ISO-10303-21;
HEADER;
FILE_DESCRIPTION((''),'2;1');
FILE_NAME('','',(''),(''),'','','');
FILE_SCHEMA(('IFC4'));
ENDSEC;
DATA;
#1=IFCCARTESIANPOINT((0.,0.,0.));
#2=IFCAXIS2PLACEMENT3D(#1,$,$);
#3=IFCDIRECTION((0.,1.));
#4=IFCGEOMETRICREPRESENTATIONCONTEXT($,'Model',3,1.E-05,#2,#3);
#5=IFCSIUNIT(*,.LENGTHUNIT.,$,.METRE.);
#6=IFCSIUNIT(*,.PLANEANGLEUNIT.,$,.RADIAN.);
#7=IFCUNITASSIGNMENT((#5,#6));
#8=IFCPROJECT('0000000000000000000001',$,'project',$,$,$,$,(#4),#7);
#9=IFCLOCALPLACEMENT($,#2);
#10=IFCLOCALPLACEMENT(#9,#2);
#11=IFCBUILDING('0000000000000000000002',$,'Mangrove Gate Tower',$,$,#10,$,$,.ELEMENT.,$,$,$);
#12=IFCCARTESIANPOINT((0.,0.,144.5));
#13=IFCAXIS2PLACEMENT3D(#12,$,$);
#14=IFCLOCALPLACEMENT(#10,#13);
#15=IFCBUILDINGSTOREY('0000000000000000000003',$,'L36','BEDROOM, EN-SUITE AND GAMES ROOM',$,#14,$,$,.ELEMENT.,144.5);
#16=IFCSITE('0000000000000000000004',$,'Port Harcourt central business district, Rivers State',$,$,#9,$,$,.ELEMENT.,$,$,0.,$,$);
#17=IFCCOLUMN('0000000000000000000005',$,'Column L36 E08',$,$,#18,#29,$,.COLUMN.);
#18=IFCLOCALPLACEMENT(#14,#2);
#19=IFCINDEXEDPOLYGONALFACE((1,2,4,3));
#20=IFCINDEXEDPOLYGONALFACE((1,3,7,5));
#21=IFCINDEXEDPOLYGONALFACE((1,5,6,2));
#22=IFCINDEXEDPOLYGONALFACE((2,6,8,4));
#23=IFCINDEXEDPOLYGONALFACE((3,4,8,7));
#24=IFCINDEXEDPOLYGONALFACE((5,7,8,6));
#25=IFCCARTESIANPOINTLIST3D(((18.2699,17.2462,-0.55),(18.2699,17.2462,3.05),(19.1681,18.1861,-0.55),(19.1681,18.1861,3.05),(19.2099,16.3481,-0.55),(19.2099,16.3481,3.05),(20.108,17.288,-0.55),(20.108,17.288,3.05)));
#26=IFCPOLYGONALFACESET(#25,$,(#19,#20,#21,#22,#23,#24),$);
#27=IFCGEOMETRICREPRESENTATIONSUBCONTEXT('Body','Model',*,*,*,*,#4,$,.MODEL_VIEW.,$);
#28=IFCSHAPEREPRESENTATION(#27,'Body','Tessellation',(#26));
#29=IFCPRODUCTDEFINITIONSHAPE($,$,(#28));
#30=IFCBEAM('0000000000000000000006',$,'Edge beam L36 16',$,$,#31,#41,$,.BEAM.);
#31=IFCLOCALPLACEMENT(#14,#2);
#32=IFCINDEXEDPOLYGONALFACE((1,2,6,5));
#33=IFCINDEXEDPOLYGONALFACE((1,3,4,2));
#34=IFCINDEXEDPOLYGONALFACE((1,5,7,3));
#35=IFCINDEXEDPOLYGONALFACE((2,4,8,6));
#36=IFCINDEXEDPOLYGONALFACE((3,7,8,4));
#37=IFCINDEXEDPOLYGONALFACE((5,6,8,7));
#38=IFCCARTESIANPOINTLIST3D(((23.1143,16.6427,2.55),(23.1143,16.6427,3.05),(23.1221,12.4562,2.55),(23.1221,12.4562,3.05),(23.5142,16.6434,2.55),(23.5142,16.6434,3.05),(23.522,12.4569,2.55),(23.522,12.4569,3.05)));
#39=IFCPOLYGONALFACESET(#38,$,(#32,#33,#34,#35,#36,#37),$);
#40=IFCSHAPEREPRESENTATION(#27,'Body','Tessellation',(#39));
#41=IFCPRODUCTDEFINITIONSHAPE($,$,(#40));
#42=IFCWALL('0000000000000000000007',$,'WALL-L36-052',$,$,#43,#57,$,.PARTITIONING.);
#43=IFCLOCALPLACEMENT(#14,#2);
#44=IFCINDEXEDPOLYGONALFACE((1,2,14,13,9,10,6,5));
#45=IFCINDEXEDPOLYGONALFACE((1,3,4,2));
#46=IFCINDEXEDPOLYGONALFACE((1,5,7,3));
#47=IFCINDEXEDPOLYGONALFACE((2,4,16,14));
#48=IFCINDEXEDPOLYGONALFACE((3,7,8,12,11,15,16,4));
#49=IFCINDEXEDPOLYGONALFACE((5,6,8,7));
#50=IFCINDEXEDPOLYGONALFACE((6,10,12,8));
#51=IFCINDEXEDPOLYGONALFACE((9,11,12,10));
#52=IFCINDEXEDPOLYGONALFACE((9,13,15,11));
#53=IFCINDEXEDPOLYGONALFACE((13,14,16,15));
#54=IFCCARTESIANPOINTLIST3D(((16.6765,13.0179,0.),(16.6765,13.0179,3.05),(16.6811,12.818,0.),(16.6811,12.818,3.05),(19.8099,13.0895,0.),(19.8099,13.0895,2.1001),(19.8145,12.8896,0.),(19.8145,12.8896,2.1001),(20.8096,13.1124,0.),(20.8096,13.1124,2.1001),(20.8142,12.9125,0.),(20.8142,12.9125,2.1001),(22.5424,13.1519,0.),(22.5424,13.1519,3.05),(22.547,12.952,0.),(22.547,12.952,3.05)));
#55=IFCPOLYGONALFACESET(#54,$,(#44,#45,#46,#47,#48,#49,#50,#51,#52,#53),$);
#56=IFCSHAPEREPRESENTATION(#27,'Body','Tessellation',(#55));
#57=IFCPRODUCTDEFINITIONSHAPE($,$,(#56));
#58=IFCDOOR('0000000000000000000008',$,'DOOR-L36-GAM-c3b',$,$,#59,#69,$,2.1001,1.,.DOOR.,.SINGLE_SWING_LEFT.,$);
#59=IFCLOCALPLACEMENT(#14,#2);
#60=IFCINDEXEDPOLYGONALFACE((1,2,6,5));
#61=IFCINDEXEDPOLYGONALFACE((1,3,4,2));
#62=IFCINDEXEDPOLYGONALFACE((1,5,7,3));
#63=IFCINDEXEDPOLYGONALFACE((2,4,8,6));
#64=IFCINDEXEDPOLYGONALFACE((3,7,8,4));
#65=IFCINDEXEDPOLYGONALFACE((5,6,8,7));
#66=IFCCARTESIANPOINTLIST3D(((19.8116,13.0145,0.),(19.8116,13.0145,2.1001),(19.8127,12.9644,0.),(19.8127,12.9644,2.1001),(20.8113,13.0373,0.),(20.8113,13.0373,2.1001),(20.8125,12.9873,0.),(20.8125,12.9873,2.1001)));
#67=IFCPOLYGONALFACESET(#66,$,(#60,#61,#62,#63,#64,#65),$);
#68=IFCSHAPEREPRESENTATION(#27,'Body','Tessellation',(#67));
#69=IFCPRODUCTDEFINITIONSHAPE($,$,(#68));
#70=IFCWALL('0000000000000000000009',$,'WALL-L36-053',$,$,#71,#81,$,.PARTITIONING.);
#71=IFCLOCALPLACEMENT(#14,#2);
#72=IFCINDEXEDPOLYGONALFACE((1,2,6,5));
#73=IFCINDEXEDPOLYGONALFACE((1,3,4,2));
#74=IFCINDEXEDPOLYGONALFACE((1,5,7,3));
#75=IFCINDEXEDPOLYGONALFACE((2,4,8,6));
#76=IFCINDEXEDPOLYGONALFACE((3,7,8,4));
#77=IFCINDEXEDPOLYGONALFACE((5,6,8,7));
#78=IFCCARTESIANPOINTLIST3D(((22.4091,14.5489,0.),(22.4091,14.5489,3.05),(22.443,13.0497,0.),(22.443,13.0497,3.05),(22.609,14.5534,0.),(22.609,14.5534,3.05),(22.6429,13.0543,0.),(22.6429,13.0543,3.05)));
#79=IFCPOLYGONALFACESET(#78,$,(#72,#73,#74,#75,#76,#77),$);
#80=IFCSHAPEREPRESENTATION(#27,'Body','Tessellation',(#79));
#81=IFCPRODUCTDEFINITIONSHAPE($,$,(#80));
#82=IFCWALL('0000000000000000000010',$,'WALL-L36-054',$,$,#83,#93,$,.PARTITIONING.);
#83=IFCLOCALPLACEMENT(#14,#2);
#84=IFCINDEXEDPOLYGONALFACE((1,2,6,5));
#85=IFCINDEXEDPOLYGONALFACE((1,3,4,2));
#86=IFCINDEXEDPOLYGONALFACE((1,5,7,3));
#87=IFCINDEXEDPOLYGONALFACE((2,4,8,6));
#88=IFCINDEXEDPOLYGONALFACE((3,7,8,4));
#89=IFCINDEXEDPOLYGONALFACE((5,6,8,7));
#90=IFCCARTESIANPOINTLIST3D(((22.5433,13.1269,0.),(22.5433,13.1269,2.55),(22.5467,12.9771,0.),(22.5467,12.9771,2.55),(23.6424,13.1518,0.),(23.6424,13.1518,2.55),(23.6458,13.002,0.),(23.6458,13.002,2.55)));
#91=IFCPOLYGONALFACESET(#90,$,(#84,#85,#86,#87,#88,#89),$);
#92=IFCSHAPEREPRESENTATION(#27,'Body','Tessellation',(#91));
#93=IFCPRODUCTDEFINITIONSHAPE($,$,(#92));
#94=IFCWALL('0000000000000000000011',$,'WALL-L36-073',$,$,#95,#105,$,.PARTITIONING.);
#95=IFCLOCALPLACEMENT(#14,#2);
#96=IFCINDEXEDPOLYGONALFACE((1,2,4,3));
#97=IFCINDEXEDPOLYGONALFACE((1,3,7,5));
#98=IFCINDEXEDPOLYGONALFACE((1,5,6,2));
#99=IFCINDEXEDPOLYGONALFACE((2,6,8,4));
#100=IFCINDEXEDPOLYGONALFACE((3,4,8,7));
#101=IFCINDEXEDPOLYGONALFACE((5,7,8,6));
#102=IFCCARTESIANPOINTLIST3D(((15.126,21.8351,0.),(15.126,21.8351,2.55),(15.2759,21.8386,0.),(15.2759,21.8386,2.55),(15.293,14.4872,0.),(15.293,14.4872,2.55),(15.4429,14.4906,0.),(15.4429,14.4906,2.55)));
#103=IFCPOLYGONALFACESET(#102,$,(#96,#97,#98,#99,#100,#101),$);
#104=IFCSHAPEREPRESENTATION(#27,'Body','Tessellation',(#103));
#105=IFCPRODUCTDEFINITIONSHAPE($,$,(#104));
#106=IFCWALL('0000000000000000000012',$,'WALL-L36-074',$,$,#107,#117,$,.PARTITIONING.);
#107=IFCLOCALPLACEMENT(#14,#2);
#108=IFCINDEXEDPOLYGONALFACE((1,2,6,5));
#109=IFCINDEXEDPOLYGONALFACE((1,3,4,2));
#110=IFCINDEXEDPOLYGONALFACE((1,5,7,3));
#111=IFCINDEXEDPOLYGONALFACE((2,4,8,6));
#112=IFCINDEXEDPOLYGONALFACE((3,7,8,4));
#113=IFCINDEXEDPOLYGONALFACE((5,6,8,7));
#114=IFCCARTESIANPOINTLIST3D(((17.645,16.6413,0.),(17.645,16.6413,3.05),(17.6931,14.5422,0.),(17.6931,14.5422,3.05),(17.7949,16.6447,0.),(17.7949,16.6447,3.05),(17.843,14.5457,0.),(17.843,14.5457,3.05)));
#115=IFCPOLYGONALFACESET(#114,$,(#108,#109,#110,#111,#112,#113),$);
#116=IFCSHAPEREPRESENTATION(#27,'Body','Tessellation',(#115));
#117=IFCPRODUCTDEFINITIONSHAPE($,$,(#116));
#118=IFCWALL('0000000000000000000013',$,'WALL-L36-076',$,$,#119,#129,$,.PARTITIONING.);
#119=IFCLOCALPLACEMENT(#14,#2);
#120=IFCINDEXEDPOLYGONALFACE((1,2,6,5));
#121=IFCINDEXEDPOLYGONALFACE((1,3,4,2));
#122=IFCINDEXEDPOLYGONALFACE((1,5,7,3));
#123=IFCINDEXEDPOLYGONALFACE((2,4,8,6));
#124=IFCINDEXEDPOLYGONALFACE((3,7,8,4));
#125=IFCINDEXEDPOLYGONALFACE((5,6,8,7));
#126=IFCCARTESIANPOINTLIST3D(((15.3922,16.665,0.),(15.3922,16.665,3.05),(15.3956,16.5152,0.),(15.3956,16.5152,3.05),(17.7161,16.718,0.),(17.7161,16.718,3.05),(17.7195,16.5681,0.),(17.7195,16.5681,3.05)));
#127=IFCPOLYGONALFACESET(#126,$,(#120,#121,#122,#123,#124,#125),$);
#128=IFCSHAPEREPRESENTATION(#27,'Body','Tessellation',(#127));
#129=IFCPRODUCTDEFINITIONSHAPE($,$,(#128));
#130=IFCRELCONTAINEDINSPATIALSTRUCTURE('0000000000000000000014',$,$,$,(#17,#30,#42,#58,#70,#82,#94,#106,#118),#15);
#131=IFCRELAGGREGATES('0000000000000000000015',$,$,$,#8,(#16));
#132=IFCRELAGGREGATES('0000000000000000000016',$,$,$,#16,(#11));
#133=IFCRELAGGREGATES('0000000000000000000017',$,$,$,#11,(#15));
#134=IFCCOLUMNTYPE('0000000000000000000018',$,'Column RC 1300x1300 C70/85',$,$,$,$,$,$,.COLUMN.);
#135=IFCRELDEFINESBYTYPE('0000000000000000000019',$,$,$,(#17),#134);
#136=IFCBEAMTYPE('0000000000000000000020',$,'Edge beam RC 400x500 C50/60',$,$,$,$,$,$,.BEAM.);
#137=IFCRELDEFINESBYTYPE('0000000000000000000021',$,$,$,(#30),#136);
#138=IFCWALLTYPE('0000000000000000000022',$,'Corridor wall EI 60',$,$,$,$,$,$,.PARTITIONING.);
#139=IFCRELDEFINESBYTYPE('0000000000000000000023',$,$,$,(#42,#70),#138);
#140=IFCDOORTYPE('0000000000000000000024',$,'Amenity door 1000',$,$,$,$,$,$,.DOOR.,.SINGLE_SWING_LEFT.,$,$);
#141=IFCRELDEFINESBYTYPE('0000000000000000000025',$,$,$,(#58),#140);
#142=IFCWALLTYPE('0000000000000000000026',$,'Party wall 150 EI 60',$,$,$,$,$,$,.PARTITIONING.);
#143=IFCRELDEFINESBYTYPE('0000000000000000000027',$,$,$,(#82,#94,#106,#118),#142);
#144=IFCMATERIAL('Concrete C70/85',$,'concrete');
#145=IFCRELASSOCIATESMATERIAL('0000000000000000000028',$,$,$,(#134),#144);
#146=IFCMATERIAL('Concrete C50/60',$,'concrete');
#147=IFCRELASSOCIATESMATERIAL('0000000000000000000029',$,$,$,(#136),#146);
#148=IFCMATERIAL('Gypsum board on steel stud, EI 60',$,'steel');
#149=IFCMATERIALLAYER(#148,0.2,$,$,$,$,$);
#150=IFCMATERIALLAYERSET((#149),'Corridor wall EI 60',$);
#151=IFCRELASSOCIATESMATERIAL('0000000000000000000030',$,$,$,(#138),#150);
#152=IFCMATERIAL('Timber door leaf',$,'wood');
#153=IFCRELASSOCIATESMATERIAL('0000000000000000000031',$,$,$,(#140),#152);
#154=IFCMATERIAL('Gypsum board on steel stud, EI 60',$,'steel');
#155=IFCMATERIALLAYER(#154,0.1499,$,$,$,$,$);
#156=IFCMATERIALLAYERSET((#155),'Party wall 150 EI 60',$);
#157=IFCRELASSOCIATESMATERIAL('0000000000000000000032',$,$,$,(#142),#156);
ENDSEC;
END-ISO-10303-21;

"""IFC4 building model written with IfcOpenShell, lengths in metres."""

from ifc_helpers import new_model, si_unit, direction, frame, frame_2d, origin, origin_2d, place, context, subcontext, project, spatial, rectangle, extrude, material, layer, layer_set, material_profile, profile_set, type_object, element, fill, save


model = new_model("IFC4")

# Units and contexts
model_context = context("Model", 3, precision=1e-05, world=origin(), true_north=direction((0.0, 1.0)))
body_context = subcontext(model_context, "Body", "Model", "MODEL_VIEW")
ifc_project = project(units=[si_unit("LENGTHUNIT", "METRE"), si_unit("PLANEANGLEUNIT", "RADIAN")], contexts=[model_context])

# Site, building, storey
site_placement = place(None, origin())
site = spatial("IfcSite", under=ifc_project, at=site_placement, Name="Port Harcourt central business district, Rivers State", CompositionType="ELEMENT", RefElevation=0.0)
building_placement = place(site_placement, origin())
building = spatial("IfcBuilding", under=site, at=building_placement, Name="Mangrove Gate Tower", CompositionType="ELEMENT")
storey_placement = place(building_placement, frame((0.0, 0.0, 144.5)))
storey = spatial("IfcBuildingStorey", under=building, at=storey_placement, Name="L36", Description="BEDROOM, EN-SUITE AND GAMES ROOM", CompositionType="ELEMENT", Elevation=144.5)

# Column
ifc_material_1 = material(Name="Concrete C70/85", Category="concrete")
ifc_material_profile_1 = material_profile(ifc_material_1, rectangle(XDim=1.3, YDim=1.3, at=origin_2d()))
ifc_profile_set_1 = profile_set([ifc_material_profile_1], Name="Concrete C70/85")
column_type = type_object("IfcColumnType", Name="Column RC 1300x1300 C70/85", PredefinedType="COLUMN", material=ifc_profile_set_1)
column_placement = place(storey_placement, frame((19.189, 17.2671, -0.55), z_axis=(0.0, 0.0, 1.0), x_axis=(-0.723, 0.690848, 0.0)))
element("IfcColumn", 1, at=column_placement, inside=storey, type_object=column_type, Name="Column L36 E08", PredefinedType="COLUMN", context=body_context, shape_type="SweptSolid", body=[
    extrude(rectangle(XDim=1.3, YDim=1.3, at=origin_2d()), origin(), (0.0, 0.0, 1.0), 3.6001),
])

# Beam
ifc_material_2 = material(Name="Concrete C50/60", Category="concrete")
ifc_material_profile_2 = material_profile(ifc_material_2, rectangle(XDim=0.3999, YDim=0.5, at=origin_2d()))
ifc_profile_set_2 = profile_set([ifc_material_profile_2], Name="Concrete C50/60")
beam_type = type_object("IfcBeamType", Name="Edge beam RC 400x500 C50/60", PredefinedType="BEAM", material=ifc_profile_set_2)
beam_placement = place(storey_placement, frame((23.322, 12.4565, 2.8), z_axis=(-0.001866, 0.999998, 0.0), x_axis=(-0.999998, -0.001866, 0.0)))
element("IfcBeam", 2, at=beam_placement, inside=storey, type_object=beam_type, Name="Edge beam L36 16", PredefinedType="BEAM", context=body_context, shape_type="SweptSolid", body=[
    extrude(rectangle(XDim=0.3999, YDim=0.5, at=origin_2d()), origin(), (0.0, 0.0, 1.0), 4.1865),
])

# Wall, opening, door
ifc_material_3 = material(Name="Gypsum board on steel stud, EI 60", Category="steel")
ifc_layer_1 = layer(ifc_material_3, 0.2)
ifc_layer_set_1 = layer_set([ifc_layer_1], Name="Corridor wall EI 60")
wall_type_1 = type_object("IfcWallType", Name="Corridor wall EI 60", PredefinedType="PARTITIONING", material=ifc_layer_set_1)
wall_1_placement = place(storey_placement, frame((16.679, 12.918, 0.0), z_axis=(0.0, 0.0, 1.0), x_axis=(0.999739, 0.022843, 0.0)))
wall_1 = element("IfcWall", 3, at=wall_1_placement, inside=storey, type_object=wall_type_1, Name="WALL-L36-052", PredefinedType="PARTITIONING", context=body_context, shape_type="SweptSolid", body=[
    extrude(rectangle(XDim=5.8674, YDim=0.2, at=frame_2d((2.9336, 0.0))), origin(), (0.0, 0.0, 1.0), 3.05),
])
opening_placement = place(wall_1_placement, frame((3.134, 0.0, 0.0)))
opening = element("IfcOpeningElement", 4, at=opening_placement, cuts=wall_1, PredefinedType="OPENING", context=body_context, shape_type="SweptSolid", body=[
    extrude(rectangle(XDim=1.0, YDim=2.1001, at=frame_2d((0.5, 1.05))), frame((0.0, 0.1099, 0.0), z_axis=(0.0, -1.0, 0.0), x_axis=(1.0, 0.0, 0.0)), (0.0, 0.0, 1.0), 0.22),
])
ifc_material_4 = material(Name="Timber door leaf", Category="wood")
door_type = type_object("IfcDoorType", Name="Amenity door 1000", OperationType="SINGLE_SWING_LEFT", PredefinedType="DOOR", material=ifc_material_4)
door_placement = place(opening_placement, origin())
door = element("IfcDoor", 5, at=door_placement, inside=storey, type_object=door_type, Name="DOOR-L36-GAM-c3b", OperationType="SINGLE_SWING_LEFT", OverallHeight=2.1001, OverallWidth=1.0, PredefinedType="DOOR", context=body_context, shape_type="SweptSolid", body=[
    extrude(rectangle(XDim=1.0, YDim=2.1001, at=frame_2d((0.5, 1.05))), frame((0.0, 0.0249, 0.0), z_axis=(0.0, -1.0, 0.0), x_axis=(1.0, 0.0, 0.0)), (0.0, 0.0, 1.0), 0.05),
])
fill(opening, door)

# Walls
wall_2_placement = place(storey_placement, frame((22.543, 13.052, 0.0), z_axis=(0.0, 0.0, 1.0), x_axis=(-0.022633, 0.999744, 0.0)))
element("IfcWall", 6, at=wall_2_placement, inside=storey, type_object=wall_type_1, Name="WALL-L36-053", PredefinedType="PARTITIONING", context=body_context, shape_type="SweptSolid", body=[
    extrude(rectangle(XDim=1.4995, YDim=0.2, at=frame_2d((0.7498, 0.0))), origin(), (0.0, 0.0, 1.0), 3.05),
])
ifc_material_5 = material(Name="Gypsum board on steel stud, EI 60", Category="steel")
ifc_layer_2 = layer(ifc_material_5, 0.1499)
ifc_layer_set_2 = layer_set([ifc_layer_2], Name="Party wall 150 EI 60")
wall_type_2 = type_object("IfcWallType", Name="Party wall 150 EI 60", PredefinedType="PARTITIONING", material=ifc_layer_set_2)
wall_3_placement = place(storey_placement, frame((22.5449, 13.052, 0.0), z_axis=(0.0, 0.0, 1.0), x_axis=(0.999743, 0.022651, 0.0)))
element("IfcWall", 7, at=wall_3_placement, inside=storey, type_object=wall_type_2, Name="WALL-L36-054", PredefinedType="PARTITIONING", context=body_context, shape_type="SweptSolid", body=[
    extrude(rectangle(XDim=1.0994, YDim=0.1499, at=frame_2d((0.5498, 0.0))), origin(), (0.0, 0.0, 1.0), 2.55),
])
wall_4_placement = place(storey_placement, frame((15.3679, 14.489, 0.0), z_axis=(0.0, 0.0, 1.0), x_axis=(-0.022721, 0.999742, 0.0)))
element("IfcWall", 8, at=wall_4_placement, inside=storey, type_object=wall_type_2, Name="WALL-L36-073", PredefinedType="PARTITIONING", context=body_context, shape_type="SweptSolid", body=[
    extrude(rectangle(XDim=7.3499, YDim=0.1499, at=frame_2d((3.6748, 0.0))), origin(), (0.0, 0.0, 1.0), 2.55),
])
wall_5_placement = place(storey_placement, frame((17.7681, 14.5439, 0.0), z_axis=(0.0, 0.0, 1.0), x_axis=(-0.022906, 0.999738, 0.0)))
element("IfcWall", 9, at=wall_5_placement, inside=storey, type_object=wall_type_2, Name="WALL-L36-074", PredefinedType="PARTITIONING", context=body_context, shape_type="SweptSolid", body=[
    extrude(rectangle(XDim=2.0996, YDim=0.1499, at=frame_2d((1.0498, 0.0))), origin(), (0.0, 0.0, 1.0), 3.05),
])
wall_6_placement = place(storey_placement, frame((15.394, 16.5901, 0.0), z_axis=(0.0, 0.0, 1.0), x_axis=(0.99974, 0.022791, 0.0)))
element("IfcWall", 10, at=wall_6_placement, inside=storey, type_object=wall_type_2, Name="WALL-L36-076", PredefinedType="PARTITIONING", context=body_context, shape_type="SweptSolid", body=[
    extrude(rectangle(XDim=2.3245, YDim=0.1499, at=frame_2d((1.1621, 0.0))), origin(), (0.0, 0.0, 1.0), 3.05),
])

save(model, "model.ifc")
